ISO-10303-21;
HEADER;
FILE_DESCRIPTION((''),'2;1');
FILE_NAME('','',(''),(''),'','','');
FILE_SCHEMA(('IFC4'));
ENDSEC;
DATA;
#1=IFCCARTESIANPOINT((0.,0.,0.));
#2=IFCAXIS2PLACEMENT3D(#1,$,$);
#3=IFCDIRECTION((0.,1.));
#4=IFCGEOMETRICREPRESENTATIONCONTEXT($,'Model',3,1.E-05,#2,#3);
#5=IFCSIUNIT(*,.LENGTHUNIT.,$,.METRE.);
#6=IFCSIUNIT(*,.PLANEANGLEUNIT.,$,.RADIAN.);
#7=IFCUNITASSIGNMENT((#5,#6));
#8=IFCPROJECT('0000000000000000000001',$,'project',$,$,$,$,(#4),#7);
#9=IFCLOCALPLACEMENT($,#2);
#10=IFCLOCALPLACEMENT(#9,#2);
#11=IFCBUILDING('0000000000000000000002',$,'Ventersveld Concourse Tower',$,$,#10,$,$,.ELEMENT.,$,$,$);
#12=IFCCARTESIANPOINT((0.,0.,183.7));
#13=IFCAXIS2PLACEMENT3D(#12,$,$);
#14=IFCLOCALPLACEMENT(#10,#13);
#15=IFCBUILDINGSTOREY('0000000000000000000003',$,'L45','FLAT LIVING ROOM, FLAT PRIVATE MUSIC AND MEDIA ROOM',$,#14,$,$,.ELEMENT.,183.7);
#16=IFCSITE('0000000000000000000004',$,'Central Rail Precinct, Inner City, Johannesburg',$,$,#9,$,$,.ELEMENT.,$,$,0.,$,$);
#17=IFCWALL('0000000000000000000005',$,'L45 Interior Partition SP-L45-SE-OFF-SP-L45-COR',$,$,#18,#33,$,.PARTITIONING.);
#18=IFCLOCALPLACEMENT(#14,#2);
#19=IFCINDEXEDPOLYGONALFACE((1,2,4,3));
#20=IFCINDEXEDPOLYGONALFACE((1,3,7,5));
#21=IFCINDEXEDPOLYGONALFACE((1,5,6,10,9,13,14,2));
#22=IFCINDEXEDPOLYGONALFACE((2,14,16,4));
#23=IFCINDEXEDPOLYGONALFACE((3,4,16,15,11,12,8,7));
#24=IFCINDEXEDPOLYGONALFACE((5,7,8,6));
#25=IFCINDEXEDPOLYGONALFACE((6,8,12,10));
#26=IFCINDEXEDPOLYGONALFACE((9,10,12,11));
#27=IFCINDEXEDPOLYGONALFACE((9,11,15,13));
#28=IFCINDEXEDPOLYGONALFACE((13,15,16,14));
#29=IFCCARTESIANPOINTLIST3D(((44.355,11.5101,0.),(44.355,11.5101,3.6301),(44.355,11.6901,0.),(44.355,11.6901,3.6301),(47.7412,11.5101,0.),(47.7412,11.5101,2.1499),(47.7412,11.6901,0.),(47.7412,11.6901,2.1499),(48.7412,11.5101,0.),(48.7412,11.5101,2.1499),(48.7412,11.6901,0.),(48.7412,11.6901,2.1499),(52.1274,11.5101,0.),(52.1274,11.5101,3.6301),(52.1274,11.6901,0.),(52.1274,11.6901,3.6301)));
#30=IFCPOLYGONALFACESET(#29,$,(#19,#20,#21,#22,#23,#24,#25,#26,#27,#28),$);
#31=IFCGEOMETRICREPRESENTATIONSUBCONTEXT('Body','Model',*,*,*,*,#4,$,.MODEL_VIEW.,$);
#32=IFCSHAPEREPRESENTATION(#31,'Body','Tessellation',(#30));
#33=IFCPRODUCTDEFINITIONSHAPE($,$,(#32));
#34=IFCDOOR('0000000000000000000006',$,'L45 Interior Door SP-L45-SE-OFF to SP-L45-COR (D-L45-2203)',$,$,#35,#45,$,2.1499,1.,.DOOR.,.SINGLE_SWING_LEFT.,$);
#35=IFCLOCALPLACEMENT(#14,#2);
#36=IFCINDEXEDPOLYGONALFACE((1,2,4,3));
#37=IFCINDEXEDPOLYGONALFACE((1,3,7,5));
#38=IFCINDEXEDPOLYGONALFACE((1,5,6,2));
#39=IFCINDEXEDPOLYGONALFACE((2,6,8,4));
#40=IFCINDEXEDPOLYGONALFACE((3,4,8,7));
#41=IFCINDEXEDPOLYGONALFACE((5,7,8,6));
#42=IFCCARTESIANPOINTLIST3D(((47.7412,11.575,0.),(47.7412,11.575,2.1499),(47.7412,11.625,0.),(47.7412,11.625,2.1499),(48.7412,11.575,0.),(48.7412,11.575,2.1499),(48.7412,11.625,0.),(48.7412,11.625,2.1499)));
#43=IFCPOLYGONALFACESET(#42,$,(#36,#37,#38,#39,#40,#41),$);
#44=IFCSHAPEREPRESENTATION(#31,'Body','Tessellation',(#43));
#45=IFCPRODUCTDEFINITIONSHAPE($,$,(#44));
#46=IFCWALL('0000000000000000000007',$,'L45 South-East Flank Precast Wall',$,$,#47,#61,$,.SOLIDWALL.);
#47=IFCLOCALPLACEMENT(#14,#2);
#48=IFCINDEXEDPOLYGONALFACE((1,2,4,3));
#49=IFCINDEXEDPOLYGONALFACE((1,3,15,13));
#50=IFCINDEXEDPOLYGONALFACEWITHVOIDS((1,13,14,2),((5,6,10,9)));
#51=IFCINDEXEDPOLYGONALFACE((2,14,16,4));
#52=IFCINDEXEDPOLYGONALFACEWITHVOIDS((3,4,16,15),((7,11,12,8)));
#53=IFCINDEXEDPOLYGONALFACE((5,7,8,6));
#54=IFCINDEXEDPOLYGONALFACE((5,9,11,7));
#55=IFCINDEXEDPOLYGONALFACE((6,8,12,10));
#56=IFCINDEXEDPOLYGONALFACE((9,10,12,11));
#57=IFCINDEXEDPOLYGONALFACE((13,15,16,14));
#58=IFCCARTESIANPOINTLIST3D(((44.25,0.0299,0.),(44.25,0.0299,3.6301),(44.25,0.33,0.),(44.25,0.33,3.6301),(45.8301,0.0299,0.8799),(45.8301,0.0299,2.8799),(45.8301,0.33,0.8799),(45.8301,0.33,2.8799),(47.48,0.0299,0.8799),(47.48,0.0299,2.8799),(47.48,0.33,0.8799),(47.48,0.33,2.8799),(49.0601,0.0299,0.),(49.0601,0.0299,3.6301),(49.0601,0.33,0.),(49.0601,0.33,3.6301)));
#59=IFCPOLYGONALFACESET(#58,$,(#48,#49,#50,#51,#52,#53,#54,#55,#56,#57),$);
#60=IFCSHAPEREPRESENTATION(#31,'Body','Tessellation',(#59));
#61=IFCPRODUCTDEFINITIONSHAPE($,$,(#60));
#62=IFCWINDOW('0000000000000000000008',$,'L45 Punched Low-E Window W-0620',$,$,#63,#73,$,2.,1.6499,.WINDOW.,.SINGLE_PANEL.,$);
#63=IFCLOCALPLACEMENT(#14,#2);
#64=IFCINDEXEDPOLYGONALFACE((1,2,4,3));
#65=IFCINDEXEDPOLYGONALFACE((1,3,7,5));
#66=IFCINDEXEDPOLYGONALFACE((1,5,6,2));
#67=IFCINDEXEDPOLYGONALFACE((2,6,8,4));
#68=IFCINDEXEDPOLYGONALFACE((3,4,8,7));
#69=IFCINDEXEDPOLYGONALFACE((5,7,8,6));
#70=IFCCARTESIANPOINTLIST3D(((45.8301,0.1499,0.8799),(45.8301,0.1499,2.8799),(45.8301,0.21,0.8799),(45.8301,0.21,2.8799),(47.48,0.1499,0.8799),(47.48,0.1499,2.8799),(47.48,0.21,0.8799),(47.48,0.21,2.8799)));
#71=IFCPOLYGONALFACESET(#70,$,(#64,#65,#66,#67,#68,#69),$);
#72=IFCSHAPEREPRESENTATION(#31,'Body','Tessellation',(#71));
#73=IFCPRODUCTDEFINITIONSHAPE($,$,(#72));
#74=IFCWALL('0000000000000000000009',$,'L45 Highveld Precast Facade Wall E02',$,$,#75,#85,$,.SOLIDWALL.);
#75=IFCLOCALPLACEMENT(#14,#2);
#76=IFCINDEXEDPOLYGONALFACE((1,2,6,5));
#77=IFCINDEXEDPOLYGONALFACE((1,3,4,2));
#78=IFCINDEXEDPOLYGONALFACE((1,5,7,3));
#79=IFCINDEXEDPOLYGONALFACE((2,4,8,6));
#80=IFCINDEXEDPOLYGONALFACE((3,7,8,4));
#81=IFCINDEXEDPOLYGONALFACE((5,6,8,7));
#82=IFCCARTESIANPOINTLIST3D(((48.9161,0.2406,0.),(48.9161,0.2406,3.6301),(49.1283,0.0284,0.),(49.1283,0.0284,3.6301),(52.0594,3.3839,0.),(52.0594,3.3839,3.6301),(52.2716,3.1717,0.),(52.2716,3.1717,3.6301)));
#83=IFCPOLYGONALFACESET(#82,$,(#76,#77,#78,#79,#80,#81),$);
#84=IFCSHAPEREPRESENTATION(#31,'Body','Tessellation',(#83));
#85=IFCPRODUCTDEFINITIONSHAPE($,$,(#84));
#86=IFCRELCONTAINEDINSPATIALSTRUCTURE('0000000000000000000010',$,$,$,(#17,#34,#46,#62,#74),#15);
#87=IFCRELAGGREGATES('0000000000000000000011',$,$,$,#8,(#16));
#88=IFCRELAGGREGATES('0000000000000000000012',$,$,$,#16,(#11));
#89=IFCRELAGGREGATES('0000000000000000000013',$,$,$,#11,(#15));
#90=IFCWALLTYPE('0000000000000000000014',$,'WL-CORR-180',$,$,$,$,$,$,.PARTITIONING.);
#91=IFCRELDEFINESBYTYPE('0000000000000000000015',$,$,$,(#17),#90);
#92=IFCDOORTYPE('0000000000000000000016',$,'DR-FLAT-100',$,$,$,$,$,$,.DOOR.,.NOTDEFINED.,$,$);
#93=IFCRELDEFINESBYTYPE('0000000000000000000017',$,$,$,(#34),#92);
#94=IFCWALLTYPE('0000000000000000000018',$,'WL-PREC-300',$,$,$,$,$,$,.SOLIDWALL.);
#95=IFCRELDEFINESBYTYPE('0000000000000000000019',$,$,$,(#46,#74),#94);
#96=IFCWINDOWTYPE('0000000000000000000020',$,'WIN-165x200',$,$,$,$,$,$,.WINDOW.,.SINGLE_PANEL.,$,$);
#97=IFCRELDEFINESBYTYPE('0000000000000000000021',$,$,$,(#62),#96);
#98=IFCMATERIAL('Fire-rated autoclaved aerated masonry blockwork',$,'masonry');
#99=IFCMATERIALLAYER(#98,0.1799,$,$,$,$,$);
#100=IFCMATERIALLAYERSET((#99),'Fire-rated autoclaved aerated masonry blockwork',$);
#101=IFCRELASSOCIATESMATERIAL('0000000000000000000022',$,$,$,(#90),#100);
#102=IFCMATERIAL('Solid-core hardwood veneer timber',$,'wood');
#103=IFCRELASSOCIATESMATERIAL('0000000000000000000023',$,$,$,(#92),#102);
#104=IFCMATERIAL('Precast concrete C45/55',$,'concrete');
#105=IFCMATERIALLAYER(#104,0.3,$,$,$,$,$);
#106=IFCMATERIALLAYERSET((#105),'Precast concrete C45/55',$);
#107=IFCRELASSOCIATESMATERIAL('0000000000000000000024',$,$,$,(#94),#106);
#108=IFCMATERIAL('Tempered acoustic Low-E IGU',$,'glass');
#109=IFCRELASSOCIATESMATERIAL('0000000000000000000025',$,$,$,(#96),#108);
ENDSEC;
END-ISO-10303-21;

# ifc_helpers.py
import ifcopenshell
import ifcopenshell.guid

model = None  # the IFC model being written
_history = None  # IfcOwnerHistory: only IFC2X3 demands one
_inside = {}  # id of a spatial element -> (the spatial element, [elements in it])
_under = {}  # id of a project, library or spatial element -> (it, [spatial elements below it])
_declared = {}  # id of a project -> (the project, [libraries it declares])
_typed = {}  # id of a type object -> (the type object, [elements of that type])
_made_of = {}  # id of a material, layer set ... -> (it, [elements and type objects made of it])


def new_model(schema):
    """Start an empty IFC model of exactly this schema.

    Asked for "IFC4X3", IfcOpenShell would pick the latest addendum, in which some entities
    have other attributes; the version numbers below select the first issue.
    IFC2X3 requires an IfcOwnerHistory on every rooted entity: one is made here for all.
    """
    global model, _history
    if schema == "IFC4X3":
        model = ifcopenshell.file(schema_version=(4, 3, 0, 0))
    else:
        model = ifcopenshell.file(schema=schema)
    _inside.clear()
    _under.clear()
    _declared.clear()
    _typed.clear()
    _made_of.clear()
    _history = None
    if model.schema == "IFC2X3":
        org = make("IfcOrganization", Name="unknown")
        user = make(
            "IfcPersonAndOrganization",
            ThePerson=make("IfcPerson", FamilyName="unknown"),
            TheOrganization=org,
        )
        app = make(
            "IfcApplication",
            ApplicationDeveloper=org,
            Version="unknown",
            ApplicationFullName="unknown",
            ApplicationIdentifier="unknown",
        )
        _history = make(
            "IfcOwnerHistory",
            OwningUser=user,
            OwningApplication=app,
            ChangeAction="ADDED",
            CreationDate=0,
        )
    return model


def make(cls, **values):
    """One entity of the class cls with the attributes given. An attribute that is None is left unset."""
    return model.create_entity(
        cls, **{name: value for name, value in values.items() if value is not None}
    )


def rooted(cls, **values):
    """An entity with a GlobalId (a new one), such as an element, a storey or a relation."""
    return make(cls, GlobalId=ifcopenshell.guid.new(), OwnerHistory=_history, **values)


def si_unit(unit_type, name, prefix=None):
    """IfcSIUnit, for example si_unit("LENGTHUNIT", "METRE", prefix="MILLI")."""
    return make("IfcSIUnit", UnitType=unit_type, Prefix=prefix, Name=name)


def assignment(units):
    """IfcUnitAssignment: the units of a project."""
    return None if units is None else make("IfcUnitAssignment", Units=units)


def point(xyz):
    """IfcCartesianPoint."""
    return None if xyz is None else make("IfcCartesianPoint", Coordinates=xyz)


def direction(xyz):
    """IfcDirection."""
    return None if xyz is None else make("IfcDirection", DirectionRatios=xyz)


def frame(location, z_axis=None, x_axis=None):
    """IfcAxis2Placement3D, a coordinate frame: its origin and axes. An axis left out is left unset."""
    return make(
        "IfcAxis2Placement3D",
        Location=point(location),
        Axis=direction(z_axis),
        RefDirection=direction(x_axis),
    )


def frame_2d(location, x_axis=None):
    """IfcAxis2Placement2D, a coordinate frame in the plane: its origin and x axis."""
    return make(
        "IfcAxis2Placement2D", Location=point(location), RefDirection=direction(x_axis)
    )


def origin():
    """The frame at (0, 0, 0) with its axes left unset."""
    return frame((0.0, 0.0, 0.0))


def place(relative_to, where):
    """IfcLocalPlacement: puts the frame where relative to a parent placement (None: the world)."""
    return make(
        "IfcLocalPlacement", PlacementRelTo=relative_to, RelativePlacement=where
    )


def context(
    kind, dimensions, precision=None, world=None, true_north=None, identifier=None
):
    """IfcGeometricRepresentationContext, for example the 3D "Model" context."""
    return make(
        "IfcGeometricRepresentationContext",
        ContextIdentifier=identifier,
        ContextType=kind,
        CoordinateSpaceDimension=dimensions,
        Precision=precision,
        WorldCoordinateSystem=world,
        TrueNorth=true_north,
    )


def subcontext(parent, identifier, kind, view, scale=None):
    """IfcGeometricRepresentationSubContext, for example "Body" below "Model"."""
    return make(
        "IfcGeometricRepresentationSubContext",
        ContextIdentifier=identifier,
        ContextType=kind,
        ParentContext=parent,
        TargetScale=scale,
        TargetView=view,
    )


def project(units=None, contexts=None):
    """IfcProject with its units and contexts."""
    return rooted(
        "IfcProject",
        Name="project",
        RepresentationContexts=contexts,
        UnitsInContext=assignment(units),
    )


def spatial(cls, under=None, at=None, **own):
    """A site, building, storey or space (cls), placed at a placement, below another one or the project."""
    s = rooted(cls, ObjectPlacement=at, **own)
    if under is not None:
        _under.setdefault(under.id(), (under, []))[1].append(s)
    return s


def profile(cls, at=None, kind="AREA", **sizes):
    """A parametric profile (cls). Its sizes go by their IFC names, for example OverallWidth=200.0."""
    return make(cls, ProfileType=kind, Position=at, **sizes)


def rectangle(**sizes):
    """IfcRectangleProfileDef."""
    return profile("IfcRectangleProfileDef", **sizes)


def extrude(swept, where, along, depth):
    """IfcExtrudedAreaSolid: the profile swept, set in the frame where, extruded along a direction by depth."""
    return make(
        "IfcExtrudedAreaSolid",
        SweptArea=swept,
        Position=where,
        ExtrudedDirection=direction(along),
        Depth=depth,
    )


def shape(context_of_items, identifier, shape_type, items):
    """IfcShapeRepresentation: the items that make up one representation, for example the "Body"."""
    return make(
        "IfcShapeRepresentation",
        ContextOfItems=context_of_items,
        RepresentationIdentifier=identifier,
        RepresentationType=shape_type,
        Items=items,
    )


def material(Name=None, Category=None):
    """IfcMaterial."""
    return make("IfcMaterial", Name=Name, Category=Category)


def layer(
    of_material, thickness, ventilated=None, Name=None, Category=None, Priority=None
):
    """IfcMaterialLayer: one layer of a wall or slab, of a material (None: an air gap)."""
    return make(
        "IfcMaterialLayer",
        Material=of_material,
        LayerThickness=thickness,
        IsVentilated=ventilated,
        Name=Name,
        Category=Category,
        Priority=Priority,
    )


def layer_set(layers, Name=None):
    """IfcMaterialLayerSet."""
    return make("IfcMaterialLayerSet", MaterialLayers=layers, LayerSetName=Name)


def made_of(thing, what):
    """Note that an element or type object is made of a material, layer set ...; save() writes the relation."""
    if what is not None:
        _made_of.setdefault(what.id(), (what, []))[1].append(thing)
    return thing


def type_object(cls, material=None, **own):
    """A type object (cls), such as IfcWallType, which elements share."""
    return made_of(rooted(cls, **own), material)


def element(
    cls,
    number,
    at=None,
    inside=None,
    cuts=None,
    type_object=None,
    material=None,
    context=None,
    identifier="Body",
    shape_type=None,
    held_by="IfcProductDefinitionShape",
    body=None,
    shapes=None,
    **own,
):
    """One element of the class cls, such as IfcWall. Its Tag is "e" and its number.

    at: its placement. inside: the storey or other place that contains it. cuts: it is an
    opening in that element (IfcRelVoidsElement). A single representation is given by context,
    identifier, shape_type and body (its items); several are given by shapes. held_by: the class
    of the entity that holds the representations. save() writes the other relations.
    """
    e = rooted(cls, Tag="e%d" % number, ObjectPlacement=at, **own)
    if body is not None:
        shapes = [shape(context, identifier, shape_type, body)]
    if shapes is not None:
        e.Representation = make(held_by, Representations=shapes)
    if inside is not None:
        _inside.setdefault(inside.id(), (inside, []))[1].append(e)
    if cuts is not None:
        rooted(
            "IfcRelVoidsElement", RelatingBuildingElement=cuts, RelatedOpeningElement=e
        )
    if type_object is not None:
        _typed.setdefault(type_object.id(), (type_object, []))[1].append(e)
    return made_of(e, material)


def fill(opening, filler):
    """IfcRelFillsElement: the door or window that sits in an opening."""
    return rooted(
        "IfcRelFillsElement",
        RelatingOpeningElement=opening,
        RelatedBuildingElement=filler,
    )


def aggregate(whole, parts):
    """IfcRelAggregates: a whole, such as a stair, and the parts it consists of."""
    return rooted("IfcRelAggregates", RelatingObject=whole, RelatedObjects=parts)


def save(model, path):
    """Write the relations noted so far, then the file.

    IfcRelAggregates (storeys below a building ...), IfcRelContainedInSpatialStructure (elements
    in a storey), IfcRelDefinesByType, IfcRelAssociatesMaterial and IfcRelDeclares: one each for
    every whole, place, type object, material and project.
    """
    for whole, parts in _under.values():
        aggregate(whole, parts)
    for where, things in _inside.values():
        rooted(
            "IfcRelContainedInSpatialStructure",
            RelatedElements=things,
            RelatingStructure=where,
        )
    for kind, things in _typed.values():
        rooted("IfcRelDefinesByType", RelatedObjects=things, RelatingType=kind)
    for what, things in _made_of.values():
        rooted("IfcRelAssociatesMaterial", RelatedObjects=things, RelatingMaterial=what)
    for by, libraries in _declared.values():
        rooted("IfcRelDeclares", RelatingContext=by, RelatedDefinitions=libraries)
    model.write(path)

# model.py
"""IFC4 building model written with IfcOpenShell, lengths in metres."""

from ifc_helpers import new_model, si_unit, direction, frame, frame_2d, origin, place, context, subcontext, project, spatial, rectangle, extrude, material, layer, layer_set, type_object, element, fill, save


model = new_model("IFC4")

# Units and contexts
model_context = context("Model", 3, precision=1e-05, world=origin(), true_north=direction((0.0, 1.0)))
body_context = subcontext(model_context, "Body", "Model", "MODEL_VIEW")
ifc_project = project(units=[si_unit("LENGTHUNIT", "METRE"), si_unit("PLANEANGLEUNIT", "RADIAN")], contexts=[model_context])

# Site, building, storey
site_placement = place(None, origin())
site = spatial("IfcSite", under=ifc_project, at=site_placement, Name="Central Rail Precinct, Inner City, Johannesburg", CompositionType="ELEMENT", RefElevation=0.0)
building_placement = place(site_placement, origin())
building = spatial("IfcBuilding", under=site, at=building_placement, Name="Ventersveld Concourse Tower", CompositionType="ELEMENT")
storey_placement = place(building_placement, frame((0.0, 0.0, 183.7)))
storey = spatial("IfcBuildingStorey", under=building, at=storey_placement, Name="L45", Description="FLAT LIVING ROOM, FLAT PRIVATE MUSIC AND MEDIA ROOM", CompositionType="ELEMENT", Elevation=183.7)

# Wall, opening, door
ifc_material_1 = material(Name="Fire-rated autoclaved aerated masonry blockwork", Category="masonry")
ifc_layer_1 = layer(ifc_material_1, 0.1799)
ifc_layer_set_1 = layer_set([ifc_layer_1], Name="Fire-rated autoclaved aerated masonry blockwork")
wall_type_1 = type_object("IfcWallType", Name="WL-CORR-180", PredefinedType="PARTITIONING", material=ifc_layer_set_1)
wall_1_placement = place(storey_placement, frame((44.355, 11.6001, 0.0), z_axis=(0.0, 0.0, 1.0), x_axis=(1.0, 0.0, 0.0)))
wall_1 = element("IfcWall", 1, at=wall_1_placement, inside=storey, type_object=wall_type_1, Name="L45 Interior Partition SP-L45-SE-OFF-SP-L45-COR", PredefinedType="PARTITIONING", context=body_context, shape_type="SweptSolid", body=[
    extrude(rectangle(XDim=7.7725, YDim=0.1799, at=frame_2d((3.8862, 0.0))), origin(), (0.0, 0.0, 1.0), 3.6301),
])
opening_1_placement = place(wall_1_placement, frame((3.3862, 0.0, 0.0)))
opening_1 = element("IfcOpeningElement", 2, at=opening_1_placement, cuts=wall_1, PredefinedType="OPENING", context=body_context, shape_type="SweptSolid", body=[
    extrude(rectangle(XDim=1.0, YDim=2.1499, at=frame_2d((0.5, 1.075))), frame((0.0, 0.1001, 0.0), z_axis=(0.0, -1.0, 0.0), x_axis=(1.0, 0.0, 0.0)), (0.0, 0.0, 1.0), 0.2),
])
ifc_material_2 = material(Name="Solid-core hardwood veneer timber", Category="wood")
door_type = type_object("IfcDoorType", Name="DR-FLAT-100", OperationType="NOTDEFINED", PredefinedType="DOOR", material=ifc_material_2)
door_placement = place(opening_1_placement, origin())
door = element("IfcDoor", 3, at=door_placement, inside=storey, type_object=door_type, Name="L45 Interior Door SP-L45-SE-OFF to SP-L45-COR (D-L45-2203)", OperationType="SINGLE_SWING_LEFT", OverallHeight=2.1499, OverallWidth=1.0, PredefinedType="DOOR", context=body_context, shape_type="SweptSolid", body=[
    extrude(rectangle(XDim=1.0, YDim=2.1499, at=frame_2d((0.5, 1.075))), frame((0.0, 0.0249, 0.0), z_axis=(0.0, -1.0, 0.0), x_axis=(1.0, 0.0, 0.0)), (0.0, 0.0, 1.0), 0.05),
])
fill(opening_1, door)

# Wall, opening, window
ifc_material_3 = material(Name="Precast concrete C45/55", Category="concrete")
ifc_layer_2 = layer(ifc_material_3, 0.3)
ifc_layer_set_2 = layer_set([ifc_layer_2], Name="Precast concrete C45/55")
wall_type_2 = type_object("IfcWallType", Name="WL-PREC-300", PredefinedType="SOLIDWALL", material=ifc_layer_set_2)
wall_2_placement = place(storey_placement, frame((44.25, 0.1799, 0.0), z_axis=(0.0, 0.0, 1.0), x_axis=(1.0, 0.0, 0.0)))
wall_2 = element("IfcWall", 4, at=wall_2_placement, inside=storey, type_object=wall_type_2, Name="L45 South-East Flank Precast Wall", PredefinedType="SOLIDWALL", context=body_context, shape_type="SweptSolid", body=[
    extrude(rectangle(XDim=4.8101, YDim=0.3, at=frame_2d((2.405, 0.0))), origin(), (0.0, 0.0, 1.0), 3.6301),
])
opening_2_placement = place(wall_2_placement, frame((1.5801, 0.0, 0.8799)))
opening_2 = element("IfcOpeningElement", 5, at=opening_2_placement, cuts=wall_2, PredefinedType="OPENING", context=body_context, shape_type="SweptSolid", body=[
    extrude(rectangle(XDim=1.6499, YDim=2.0, at=frame_2d((0.825, 1.0))), frame((0.0, 0.1602, 0.0), z_axis=(0.0, -1.0, 0.0), x_axis=(1.0, 0.0, 0.0)), (0.0, 0.0, 1.0), 0.3201),
])
ifc_material_4 = material(Name="Tempered acoustic Low-E IGU", Category="glass")
window_type_1 = type_object("IfcWindowType", Name="WIN-165x200", PartitioningType="SINGLE_PANEL", PredefinedType="WINDOW", material=ifc_material_4)
window_1_placement = place(opening_2_placement, origin())
window_1 = element("IfcWindow", 6, at=window_1_placement, inside=storey, type_object=window_type_1, Name="L45 Punched Low-E Window W-0620", OverallHeight=2.0, OverallWidth=1.6499, PartitioningType="SINGLE_PANEL", PredefinedType="WINDOW", context=body_context, shape_type="SweptSolid", body=[
    extrude(rectangle(XDim=1.6499, YDim=2.0, at=frame_2d((0.825, 1.0))), frame((0.0, 0.03, 0.0), z_axis=(0.0, -1.0, 0.0), x_axis=(1.0, 0.0, 0.0)), (0.0, 0.0, 1.0), 0.0601),
])
fill(opening_2, window_1)

# Wall
wall_3_placement = place(storey_placement, frame((49.0222, 0.1345, 0.0), z_axis=(0.0, 0.0, 1.0), x_axis=(0.707107, 0.707107, 0.0)))
element("IfcWall", 7, at=wall_3_placement, inside=storey, type_object=wall_type_2, Name="L45 Highveld Precast Facade Wall E02", PredefinedType="SOLIDWALL", context=body_context, shape_type="SweptSolid", body=[
    extrude(rectangle(XDim=4.4453, YDim=0.3, at=frame_2d((2.2227, 0.0))), origin(), (0.0, 0.0, 1.0), 3.6301),
])

save(model, "model.ifc")
